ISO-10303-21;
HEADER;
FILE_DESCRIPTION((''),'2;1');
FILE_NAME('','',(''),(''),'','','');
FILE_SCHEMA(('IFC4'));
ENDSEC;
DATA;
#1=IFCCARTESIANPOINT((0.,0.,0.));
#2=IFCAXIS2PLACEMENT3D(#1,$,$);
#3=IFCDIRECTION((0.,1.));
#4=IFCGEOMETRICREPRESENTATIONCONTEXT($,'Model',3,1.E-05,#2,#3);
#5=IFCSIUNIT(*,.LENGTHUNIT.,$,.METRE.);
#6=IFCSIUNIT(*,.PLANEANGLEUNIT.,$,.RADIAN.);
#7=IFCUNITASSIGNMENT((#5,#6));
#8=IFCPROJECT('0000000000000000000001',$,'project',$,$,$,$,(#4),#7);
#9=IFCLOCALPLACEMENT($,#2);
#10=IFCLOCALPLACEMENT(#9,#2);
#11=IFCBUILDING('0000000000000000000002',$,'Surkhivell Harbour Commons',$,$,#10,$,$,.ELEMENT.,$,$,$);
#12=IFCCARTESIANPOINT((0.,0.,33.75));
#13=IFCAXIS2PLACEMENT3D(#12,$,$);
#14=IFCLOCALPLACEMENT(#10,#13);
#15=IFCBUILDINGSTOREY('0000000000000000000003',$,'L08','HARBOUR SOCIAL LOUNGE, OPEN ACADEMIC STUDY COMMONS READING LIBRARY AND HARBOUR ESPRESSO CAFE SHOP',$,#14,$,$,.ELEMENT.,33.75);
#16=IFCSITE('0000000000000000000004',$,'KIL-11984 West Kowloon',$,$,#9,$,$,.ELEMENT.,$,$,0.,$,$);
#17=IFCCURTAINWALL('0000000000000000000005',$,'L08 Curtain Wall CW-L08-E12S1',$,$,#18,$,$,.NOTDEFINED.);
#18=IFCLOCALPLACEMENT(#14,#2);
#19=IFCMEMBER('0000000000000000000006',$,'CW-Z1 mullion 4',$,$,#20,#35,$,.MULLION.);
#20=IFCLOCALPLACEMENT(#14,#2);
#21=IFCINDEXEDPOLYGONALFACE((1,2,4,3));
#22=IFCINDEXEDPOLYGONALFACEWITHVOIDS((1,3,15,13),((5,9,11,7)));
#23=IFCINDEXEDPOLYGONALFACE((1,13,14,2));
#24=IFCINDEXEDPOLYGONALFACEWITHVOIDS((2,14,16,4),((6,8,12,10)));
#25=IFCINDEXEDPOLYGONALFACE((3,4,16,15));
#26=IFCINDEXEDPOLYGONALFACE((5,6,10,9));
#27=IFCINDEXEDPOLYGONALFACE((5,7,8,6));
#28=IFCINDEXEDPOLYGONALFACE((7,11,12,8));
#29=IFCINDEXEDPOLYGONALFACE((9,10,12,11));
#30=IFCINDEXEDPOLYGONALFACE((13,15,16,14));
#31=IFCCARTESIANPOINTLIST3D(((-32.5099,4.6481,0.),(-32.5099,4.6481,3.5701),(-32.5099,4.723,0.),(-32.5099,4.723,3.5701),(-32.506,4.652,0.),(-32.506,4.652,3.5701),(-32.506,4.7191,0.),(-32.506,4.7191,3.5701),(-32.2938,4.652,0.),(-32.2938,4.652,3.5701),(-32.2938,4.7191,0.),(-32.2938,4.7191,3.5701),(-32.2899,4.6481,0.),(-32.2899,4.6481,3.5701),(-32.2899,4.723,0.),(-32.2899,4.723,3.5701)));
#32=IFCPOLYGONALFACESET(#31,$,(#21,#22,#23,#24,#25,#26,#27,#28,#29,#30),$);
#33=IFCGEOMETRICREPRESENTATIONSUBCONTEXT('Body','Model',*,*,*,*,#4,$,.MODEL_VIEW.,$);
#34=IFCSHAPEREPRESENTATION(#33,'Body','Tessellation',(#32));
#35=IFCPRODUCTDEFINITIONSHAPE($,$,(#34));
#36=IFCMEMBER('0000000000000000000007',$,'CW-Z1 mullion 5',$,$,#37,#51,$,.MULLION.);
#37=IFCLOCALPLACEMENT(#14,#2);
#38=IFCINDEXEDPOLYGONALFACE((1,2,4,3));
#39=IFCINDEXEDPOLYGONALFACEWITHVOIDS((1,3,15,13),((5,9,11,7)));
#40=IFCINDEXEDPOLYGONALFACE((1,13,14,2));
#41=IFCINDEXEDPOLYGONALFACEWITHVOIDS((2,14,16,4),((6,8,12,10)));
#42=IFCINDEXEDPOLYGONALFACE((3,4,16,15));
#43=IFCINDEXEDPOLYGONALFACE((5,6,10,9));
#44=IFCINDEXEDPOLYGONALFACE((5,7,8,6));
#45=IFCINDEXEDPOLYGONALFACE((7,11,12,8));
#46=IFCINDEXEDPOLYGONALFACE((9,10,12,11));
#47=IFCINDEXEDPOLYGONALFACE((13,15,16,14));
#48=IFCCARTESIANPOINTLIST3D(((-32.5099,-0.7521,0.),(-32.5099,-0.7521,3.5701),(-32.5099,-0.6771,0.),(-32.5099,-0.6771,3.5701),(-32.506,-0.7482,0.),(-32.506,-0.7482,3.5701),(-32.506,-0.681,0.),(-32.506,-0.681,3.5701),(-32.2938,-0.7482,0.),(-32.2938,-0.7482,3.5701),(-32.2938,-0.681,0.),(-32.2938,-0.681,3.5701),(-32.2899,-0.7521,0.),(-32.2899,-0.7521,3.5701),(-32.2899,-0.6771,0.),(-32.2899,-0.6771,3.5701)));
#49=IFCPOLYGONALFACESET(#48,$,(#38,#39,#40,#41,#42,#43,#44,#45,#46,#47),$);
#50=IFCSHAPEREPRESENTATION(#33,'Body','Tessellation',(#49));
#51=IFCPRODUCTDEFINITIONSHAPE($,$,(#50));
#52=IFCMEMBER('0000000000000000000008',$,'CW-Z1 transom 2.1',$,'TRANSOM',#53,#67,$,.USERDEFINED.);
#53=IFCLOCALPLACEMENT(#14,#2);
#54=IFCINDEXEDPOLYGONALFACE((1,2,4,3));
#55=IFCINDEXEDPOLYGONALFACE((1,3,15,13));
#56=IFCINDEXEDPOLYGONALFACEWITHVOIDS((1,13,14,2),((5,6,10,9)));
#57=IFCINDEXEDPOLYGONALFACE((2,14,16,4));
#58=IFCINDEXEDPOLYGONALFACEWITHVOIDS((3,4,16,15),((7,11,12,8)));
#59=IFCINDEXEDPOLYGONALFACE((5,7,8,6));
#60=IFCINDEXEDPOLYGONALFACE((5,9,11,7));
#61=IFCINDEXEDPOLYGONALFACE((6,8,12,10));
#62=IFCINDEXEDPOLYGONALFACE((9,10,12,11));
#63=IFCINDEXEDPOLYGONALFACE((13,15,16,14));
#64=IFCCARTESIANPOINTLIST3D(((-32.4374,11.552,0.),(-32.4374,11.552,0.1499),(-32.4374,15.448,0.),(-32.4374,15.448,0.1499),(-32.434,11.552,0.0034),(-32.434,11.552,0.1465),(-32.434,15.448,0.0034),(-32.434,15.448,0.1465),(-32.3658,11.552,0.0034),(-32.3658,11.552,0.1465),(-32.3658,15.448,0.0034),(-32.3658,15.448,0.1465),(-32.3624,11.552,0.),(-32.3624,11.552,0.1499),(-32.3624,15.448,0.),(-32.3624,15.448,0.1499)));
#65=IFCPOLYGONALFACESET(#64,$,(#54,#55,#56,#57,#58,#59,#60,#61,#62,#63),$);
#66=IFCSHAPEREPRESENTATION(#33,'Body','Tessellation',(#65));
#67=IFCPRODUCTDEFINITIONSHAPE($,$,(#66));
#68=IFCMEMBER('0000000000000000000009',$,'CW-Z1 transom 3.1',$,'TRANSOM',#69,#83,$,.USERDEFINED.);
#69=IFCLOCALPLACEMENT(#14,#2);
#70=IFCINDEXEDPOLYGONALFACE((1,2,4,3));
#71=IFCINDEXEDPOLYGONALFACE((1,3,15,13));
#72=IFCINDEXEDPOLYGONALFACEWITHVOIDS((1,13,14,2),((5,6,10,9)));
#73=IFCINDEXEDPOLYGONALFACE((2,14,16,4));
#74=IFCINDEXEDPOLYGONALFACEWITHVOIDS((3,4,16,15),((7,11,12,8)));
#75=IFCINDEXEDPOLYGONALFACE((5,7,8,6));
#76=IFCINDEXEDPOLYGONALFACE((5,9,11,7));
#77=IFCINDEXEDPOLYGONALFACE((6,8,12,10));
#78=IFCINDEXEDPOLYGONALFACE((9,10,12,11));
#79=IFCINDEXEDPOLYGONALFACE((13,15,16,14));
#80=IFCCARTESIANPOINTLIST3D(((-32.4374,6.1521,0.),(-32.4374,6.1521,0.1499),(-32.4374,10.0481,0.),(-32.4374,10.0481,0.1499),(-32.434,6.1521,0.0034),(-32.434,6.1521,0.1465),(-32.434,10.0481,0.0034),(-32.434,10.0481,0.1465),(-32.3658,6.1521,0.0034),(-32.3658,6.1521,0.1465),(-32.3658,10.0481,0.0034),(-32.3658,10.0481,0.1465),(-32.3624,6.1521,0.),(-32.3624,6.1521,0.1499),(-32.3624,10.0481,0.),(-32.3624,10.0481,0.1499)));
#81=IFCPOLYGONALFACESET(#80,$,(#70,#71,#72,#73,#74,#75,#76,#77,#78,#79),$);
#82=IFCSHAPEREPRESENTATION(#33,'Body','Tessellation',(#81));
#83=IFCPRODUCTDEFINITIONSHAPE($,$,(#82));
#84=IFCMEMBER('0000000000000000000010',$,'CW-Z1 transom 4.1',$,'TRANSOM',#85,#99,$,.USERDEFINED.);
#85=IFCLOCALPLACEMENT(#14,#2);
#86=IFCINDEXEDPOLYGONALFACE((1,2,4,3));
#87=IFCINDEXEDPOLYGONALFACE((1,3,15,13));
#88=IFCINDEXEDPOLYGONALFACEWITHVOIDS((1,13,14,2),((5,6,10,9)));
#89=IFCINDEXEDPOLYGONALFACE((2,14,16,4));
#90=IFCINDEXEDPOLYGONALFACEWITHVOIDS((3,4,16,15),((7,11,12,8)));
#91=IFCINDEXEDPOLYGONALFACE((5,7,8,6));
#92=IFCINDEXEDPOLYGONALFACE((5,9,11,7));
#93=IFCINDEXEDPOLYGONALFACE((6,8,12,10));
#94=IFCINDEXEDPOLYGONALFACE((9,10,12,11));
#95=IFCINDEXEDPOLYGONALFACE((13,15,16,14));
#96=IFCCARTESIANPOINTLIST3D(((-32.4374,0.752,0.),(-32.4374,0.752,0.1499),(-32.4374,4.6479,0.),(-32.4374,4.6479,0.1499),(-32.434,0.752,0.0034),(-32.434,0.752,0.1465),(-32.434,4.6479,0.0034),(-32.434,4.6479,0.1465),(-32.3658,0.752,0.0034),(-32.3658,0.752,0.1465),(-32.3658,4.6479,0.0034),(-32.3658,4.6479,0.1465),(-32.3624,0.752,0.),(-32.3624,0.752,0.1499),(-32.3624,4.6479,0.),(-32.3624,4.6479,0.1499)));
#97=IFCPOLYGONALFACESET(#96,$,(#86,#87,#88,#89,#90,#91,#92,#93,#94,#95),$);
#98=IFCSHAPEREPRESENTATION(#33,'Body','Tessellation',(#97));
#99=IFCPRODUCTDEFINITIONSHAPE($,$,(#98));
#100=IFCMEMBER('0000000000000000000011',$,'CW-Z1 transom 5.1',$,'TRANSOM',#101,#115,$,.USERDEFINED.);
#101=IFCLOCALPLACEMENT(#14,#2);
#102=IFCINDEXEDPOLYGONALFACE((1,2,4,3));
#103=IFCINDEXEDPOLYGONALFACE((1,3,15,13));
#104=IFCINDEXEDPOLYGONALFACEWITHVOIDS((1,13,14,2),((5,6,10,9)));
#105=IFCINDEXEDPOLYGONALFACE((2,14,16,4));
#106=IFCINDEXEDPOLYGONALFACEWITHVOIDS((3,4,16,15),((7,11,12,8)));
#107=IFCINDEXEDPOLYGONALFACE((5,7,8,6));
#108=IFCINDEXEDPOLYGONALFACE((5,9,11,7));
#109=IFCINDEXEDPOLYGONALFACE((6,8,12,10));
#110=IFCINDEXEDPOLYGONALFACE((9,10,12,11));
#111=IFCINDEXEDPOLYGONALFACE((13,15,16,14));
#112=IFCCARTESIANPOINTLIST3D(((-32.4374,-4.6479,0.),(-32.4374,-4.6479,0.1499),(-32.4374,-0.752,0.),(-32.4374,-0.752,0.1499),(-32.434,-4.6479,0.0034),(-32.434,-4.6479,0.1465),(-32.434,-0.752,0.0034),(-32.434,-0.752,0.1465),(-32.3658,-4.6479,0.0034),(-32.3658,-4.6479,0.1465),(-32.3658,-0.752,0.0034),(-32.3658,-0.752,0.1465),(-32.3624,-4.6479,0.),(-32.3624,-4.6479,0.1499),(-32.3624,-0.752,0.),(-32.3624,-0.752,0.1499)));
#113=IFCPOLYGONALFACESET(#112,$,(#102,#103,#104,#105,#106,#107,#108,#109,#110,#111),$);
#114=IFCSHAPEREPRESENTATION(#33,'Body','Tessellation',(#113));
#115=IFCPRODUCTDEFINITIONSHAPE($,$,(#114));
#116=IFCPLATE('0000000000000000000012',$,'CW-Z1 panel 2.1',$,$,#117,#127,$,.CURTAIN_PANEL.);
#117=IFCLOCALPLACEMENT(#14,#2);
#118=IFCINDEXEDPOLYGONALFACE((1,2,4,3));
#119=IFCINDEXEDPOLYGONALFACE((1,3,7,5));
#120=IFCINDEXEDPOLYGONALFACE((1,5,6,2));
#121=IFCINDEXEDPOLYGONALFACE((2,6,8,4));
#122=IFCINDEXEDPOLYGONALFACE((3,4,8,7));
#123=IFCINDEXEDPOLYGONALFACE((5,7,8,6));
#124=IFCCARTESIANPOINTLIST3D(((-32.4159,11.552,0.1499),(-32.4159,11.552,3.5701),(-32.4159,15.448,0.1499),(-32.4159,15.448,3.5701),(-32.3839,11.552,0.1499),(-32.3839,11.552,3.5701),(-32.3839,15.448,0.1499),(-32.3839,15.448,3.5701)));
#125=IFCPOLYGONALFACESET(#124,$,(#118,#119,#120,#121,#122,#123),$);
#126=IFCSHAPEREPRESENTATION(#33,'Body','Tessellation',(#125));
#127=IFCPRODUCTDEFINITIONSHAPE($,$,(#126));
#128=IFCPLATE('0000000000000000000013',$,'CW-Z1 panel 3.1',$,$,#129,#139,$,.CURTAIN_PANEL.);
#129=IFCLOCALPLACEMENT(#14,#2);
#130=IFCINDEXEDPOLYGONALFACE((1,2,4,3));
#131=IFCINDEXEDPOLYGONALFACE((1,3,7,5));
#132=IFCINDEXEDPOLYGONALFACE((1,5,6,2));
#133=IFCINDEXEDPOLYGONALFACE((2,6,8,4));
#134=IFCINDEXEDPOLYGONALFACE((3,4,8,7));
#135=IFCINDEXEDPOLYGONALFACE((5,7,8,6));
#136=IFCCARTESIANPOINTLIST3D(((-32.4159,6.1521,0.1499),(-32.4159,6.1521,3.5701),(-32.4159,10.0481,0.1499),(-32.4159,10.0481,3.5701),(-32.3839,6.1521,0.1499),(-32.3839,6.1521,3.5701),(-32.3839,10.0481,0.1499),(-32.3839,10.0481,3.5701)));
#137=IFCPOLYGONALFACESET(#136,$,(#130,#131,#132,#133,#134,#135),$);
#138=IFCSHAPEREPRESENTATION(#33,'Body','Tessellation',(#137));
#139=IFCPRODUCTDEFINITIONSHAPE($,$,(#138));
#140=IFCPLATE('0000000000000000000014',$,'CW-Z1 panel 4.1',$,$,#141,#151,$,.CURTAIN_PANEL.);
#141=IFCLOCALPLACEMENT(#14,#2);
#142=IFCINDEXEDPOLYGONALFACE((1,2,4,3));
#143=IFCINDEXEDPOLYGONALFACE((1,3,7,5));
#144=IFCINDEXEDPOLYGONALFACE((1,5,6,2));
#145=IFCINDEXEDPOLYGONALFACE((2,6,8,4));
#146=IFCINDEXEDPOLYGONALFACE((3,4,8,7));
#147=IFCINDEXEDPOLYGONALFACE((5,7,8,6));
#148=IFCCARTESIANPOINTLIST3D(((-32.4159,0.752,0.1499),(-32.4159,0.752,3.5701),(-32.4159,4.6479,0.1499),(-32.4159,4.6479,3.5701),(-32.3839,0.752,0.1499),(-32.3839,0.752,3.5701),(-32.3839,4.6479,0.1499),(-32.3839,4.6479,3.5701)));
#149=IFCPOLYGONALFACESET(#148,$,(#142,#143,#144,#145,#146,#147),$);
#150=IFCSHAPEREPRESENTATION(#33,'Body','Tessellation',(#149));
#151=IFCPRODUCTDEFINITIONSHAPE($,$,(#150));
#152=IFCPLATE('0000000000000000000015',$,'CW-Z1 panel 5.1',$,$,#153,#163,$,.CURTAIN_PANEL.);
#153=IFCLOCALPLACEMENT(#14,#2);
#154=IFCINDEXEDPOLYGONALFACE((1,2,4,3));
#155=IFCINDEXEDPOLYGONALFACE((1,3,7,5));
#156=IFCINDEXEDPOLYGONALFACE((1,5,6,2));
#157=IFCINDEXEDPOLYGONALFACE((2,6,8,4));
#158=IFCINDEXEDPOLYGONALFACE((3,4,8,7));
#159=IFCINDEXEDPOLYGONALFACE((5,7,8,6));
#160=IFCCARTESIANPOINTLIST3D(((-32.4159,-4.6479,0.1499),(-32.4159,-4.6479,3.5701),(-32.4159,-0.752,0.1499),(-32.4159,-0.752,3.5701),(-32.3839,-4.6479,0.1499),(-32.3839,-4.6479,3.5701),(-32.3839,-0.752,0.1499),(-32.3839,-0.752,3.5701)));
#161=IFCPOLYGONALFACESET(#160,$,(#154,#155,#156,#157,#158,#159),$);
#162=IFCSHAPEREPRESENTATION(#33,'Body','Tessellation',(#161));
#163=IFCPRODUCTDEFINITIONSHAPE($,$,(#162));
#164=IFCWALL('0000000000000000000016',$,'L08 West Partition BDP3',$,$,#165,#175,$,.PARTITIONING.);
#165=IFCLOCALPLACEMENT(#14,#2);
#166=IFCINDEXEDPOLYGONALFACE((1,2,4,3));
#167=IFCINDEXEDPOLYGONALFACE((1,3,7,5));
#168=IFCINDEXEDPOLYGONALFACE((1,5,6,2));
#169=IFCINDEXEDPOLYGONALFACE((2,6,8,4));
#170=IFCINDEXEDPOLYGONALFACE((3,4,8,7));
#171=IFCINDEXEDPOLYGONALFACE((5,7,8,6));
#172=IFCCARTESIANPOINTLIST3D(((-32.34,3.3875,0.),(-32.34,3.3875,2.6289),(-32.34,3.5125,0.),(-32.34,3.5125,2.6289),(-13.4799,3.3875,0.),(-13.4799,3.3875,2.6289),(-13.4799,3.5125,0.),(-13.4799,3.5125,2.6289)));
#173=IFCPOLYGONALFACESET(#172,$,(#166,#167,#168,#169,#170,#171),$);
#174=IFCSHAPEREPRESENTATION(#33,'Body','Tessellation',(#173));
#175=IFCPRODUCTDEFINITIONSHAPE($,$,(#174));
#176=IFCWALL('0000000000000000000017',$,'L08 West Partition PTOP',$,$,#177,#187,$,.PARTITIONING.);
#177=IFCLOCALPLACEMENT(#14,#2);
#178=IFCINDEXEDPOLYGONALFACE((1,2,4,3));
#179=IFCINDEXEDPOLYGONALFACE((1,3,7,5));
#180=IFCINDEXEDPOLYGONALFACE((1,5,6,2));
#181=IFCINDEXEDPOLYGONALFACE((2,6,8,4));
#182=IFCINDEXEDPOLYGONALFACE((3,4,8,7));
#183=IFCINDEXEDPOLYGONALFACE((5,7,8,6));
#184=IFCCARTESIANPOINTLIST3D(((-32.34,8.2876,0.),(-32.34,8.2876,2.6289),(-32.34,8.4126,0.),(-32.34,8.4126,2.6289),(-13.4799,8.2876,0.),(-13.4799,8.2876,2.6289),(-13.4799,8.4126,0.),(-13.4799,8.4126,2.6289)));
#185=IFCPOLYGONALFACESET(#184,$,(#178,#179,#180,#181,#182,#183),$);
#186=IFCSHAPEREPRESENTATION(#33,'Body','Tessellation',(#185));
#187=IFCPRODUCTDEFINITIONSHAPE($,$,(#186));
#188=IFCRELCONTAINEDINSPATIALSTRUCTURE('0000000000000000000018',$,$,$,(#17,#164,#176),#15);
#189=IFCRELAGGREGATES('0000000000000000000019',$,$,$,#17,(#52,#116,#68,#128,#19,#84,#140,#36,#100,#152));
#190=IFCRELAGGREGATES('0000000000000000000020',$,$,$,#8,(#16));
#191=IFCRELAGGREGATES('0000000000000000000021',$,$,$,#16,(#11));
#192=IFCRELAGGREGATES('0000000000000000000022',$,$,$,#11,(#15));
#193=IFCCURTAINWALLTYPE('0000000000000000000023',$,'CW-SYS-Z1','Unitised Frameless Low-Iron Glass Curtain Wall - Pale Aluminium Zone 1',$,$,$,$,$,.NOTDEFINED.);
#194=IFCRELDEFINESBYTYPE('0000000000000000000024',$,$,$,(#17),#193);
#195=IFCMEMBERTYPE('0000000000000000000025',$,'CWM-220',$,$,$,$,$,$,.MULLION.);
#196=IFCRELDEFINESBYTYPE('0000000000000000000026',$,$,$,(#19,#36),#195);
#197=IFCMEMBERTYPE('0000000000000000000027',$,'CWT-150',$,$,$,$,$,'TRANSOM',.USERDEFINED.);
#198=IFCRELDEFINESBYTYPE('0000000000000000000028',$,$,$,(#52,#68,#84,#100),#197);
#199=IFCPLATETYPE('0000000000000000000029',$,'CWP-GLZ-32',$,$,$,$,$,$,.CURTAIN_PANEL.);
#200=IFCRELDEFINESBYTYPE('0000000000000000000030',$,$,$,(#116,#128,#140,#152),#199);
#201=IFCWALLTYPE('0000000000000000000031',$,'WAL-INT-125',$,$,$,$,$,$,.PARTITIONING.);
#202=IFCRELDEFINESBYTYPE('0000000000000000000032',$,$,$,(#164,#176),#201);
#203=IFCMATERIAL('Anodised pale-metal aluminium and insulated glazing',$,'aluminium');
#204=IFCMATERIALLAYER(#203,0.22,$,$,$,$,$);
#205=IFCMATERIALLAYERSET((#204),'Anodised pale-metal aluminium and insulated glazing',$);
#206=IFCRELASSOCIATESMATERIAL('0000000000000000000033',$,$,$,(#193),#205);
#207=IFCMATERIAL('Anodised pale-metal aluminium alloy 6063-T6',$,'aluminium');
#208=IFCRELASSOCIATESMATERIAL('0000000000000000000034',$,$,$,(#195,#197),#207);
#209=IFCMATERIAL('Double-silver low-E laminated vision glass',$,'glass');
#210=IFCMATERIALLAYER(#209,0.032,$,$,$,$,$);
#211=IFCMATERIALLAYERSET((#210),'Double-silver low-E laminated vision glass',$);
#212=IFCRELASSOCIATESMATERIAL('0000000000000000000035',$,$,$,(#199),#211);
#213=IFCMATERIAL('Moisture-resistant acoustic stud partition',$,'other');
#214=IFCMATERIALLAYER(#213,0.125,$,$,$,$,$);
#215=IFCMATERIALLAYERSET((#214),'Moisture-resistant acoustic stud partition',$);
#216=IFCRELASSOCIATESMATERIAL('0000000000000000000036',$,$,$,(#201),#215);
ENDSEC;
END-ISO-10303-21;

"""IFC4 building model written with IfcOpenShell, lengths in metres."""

from ifc_helpers import new_model, si_unit, direction, frame, frame_2d, origin, origin_2d, place, context, subcontext, project, spatial, rectangle, hollow_rectangle, extrude, material, layer, layer_set, material_profile, profile_set, type_object, element, aggregate, save


model = new_model("IFC4")

# Units and contexts
model_context = context("Model", 3, precision=1e-05, world=origin(), true_north=direction((0.0, 1.0)))
body_context = subcontext(model_context, "Body", "Model", "MODEL_VIEW")
ifc_project = project(units=[si_unit("LENGTHUNIT", "METRE"), si_unit("PLANEANGLEUNIT", "RADIAN")], contexts=[model_context])

# Site, building, storey
site_placement = place(None, origin())
site = spatial("IfcSite", under=ifc_project, at=site_placement, Name="KIL-11984 West Kowloon", CompositionType="ELEMENT", RefElevation=0.0)
building_placement = place(site_placement, origin())
building = spatial("IfcBuilding", under=site, at=building_placement, Name="Surkhivell Harbour Commons", CompositionType="ELEMENT")
storey_placement = place(building_placement, frame((0.0, 0.0, 33.75)))
storey = spatial("IfcBuildingStorey", under=building, at=storey_placement, Name="L08", Description="HARBOUR SOCIAL LOUNGE, OPEN ACADEMIC STUDY COMMONS READING LIBRARY AND HARBOUR ESPRESSO CAFE SHOP", CompositionType="ELEMENT", Elevation=33.75)

# Curtain wall, members, plates
ifc_material_1 = material(Name="Anodised pale-metal aluminium and insulated glazing", Category="aluminium")
ifc_layer_1 = layer(ifc_material_1, 0.22)
ifc_layer_set_1 = layer_set([ifc_layer_1], Name="Anodised pale-metal aluminium and insulated glazing")
curtain_wall_type = type_object("IfcCurtainWallType", Name="CW-SYS-Z1", Description="Unitised Frameless Low-Iron Glass Curtain Wall - Pale Aluminium Zone 1", PredefinedType="NOTDEFINED", material=ifc_layer_set_1)
curtain_wall_placement = place(storey_placement, origin())
curtain_wall = element("IfcCurtainWall", 1, at=curtain_wall_placement, inside=storey, type_object=curtain_wall_type, Name="L08 Curtain Wall CW-L08-E12S1", PredefinedType="NOTDEFINED")
ifc_material_2 = material(Name="Anodised pale-metal aluminium alloy 6063-T6", Category="aluminium")
ifc_material_profile_1 = material_profile(ifc_material_2, hollow_rectangle(XDim=0.075, YDim=0.22, WallThickness=0.0039, at=origin_2d()), Name="ALU-MULL-75x220")
ifc_profile_set_1 = profile_set([ifc_material_profile_1], Name="Anodised pale-metal aluminium alloy 6063-T6")
member_type_1 = type_object("IfcMemberType", Name="CWM-220", PredefinedType="MULLION", material=ifc_profile_set_1)
member_1_placement = place(storey_placement, frame((-32.3999, 4.6855, 0.0), z_axis=(0.0, 0.0, 1.0), x_axis=(0.0, -1.0, 0.0)))
member_1 = element("IfcMember", 2, at=member_1_placement, type_object=member_type_1, Name="CW-Z1 mullion 4", PredefinedType="MULLION", context=body_context, shape_type="SweptSolid", body=[
    extrude(hollow_rectangle(XDim=0.075, YDim=0.22, WallThickness=0.0039, at=origin_2d()), origin(), (0.0, 0.0, 1.0), 3.5701),
])
member_2_placement = place(storey_placement, frame((-32.3999, -0.7146, 0.0), z_axis=(0.0, 0.0, 1.0), x_axis=(0.0, -1.0, 0.0)))
member_2 = element("IfcMember", 3, at=member_2_placement, type_object=member_type_1, Name="CW-Z1 mullion 5", PredefinedType="MULLION", context=body_context, shape_type="SweptSolid", body=[
    extrude(hollow_rectangle(XDim=0.075, YDim=0.22, WallThickness=0.0039, at=origin_2d()), origin(), (0.0, 0.0, 1.0), 3.5701),
])
ifc_material_profile_2 = material_profile(ifc_material_2, hollow_rectangle(XDim=0.075, YDim=0.1499, WallThickness=0.0034, at=origin_2d()), Name="ALU-TRAN-75x150")
ifc_profile_set_2 = profile_set([ifc_material_profile_2], Name="Anodised pale-metal aluminium alloy 6063-T6")
member_type_2 = type_object("IfcMemberType", Name="CWT-150", ElementType="TRANSOM", PredefinedType="USERDEFINED", material=ifc_profile_set_2)
member_3_placement = place(storey_placement, frame((-32.3999, 15.448, 0.075), z_axis=(0.0, -1.0, 0.0), x_axis=(1.0, 0.0, 0.0)))
member_3 = element("IfcMember", 4, at=member_3_placement, type_object=member_type_2, Name="CW-Z1 transom 2.1", ObjectType="TRANSOM", PredefinedType="USERDEFINED", context=body_context, shape_type="SweptSolid", body=[
    extrude(hollow_rectangle(XDim=0.075, YDim=0.1499, WallThickness=0.0034, at=origin_2d()), origin(), (0.0, 0.0, 1.0), 3.896),
])
member_4_placement = place(storey_placement, frame((-32.3999, 10.0481, 0.075), z_axis=(0.0, -1.0, 0.0), x_axis=(1.0, 0.0, 0.0)))
member_4 = element("IfcMember", 5, at=member_4_placement, type_object=member_type_2, Name="CW-Z1 transom 3.1", ObjectType="TRANSOM", PredefinedType="USERDEFINED", context=body_context, shape_type="SweptSolid", body=[
    extrude(hollow_rectangle(XDim=0.075, YDim=0.1499, WallThickness=0.0034, at=origin_2d()), origin(), (0.0, 0.0, 1.0), 3.896),
])
member_5_placement = place(storey_placement, frame((-32.3999, 4.6479, 0.075), z_axis=(0.0, -1.0, 0.0), x_axis=(1.0, 0.0, 0.0)))
member_5 = element("IfcMember", 6, at=member_5_placement, type_object=member_type_2, Name="CW-Z1 transom 4.1", ObjectType="TRANSOM", PredefinedType="USERDEFINED", context=body_context, shape_type="SweptSolid", body=[
    extrude(hollow_rectangle(XDim=0.075, YDim=0.1499, WallThickness=0.0034, at=origin_2d()), origin(), (0.0, 0.0, 1.0), 3.896),
])
member_6_placement = place(storey_placement, frame((-32.3999, -0.752, 0.075), z_axis=(0.0, -1.0, 0.0), x_axis=(1.0, 0.0, 0.0)))
member_6 = element("IfcMember", 7, at=member_6_placement, type_object=member_type_2, Name="CW-Z1 transom 5.1", ObjectType="TRANSOM", PredefinedType="USERDEFINED", context=body_context, shape_type="SweptSolid", body=[
    extrude(hollow_rectangle(XDim=0.075, YDim=0.1499, WallThickness=0.0034, at=origin_2d()), origin(), (0.0, 0.0, 1.0), 3.896),
])
ifc_material_3 = material(Name="Double-silver low-E laminated vision glass", Category="glass")
ifc_layer_2 = layer(ifc_material_3, 0.032)
ifc_layer_set_2 = layer_set([ifc_layer_2], Name="Double-silver low-E laminated vision glass")
plate_type = type_object("IfcPlateType", Name="CWP-GLZ-32", PredefinedType="CURTAIN_PANEL", material=ifc_layer_set_2)
plate_1_placement = place(storey_placement, frame((-32.3999, 15.448, 0.1499), z_axis=(0.0, 0.0, 1.0), x_axis=(0.0, -1.0, 0.0)))
plate_1 = element("IfcPlate", 8, at=plate_1_placement, type_object=plate_type, Name="CW-Z1 panel 2.1", PredefinedType="CURTAIN_PANEL", context=body_context, shape_type="SweptSolid", body=[
    extrude(rectangle(XDim=3.896, YDim=0.032, at=frame_2d((1.948, 0.0))), origin(), (0.0, 0.0, 1.0), 3.4202),
])
plate_2_placement = place(storey_placement, frame((-32.3999, 10.0481, 0.1499), z_axis=(0.0, 0.0, 1.0), x_axis=(0.0, -1.0, 0.0)))
plate_2 = element("IfcPlate", 9, at=plate_2_placement, type_object=plate_type, Name="CW-Z1 panel 3.1", PredefinedType="CURTAIN_PANEL", context=body_context, shape_type="SweptSolid", body=[
    extrude(rectangle(XDim=3.896, YDim=0.032, at=frame_2d((1.948, 0.0))), origin(), (0.0, 0.0, 1.0), 3.4202),
])
plate_3_placement = place(storey_placement, frame((-32.3999, 4.6479, 0.1499), z_axis=(0.0, 0.0, 1.0), x_axis=(0.0, -1.0, 0.0)))
plate_3 = element("IfcPlate", 10, at=plate_3_placement, type_object=plate_type, Name="CW-Z1 panel 4.1", PredefinedType="CURTAIN_PANEL", context=body_context, shape_type="SweptSolid", body=[
    extrude(rectangle(XDim=3.896, YDim=0.032, at=frame_2d((1.948, 0.0))), origin(), (0.0, 0.0, 1.0), 3.4202),
])
plate_4_placement = place(storey_placement, frame((-32.3999, -0.752, 0.1499), z_axis=(0.0, 0.0, 1.0), x_axis=(0.0, -1.0, 0.0)))
plate_4 = element("IfcPlate", 11, at=plate_4_placement, type_object=plate_type, Name="CW-Z1 panel 5.1", PredefinedType="CURTAIN_PANEL", context=body_context, shape_type="SweptSolid", body=[
    extrude(rectangle(XDim=3.896, YDim=0.032, at=frame_2d((1.948, 0.0))), origin(), (0.0, 0.0, 1.0), 3.4202),
])
aggregate(curtain_wall, [member_3, plate_1, member_4, plate_2, member_1, member_5, plate_3, member_2, member_6, plate_4])

# Walls
ifc_material_4 = material(Name="Moisture-resistant acoustic stud partition", Category="other")
ifc_layer_3 = layer(ifc_material_4, 0.125)
ifc_layer_set_3 = layer_set([ifc_layer_3], Name="Moisture-resistant acoustic stud partition")
wall_type = type_object("IfcWallType", Name="WAL-INT-125", PredefinedType="PARTITIONING", material=ifc_layer_set_3)
for number, where, z_axis, x_axis, name in (
    (12, (-32.3401, 3.45, 0.0), (0.0, 0.0, 1.0), (1.0, 0.0, 0.0), "L08 West Partition BDP3"),
    (13, (-32.3401, 8.3501, 0.0), (0.0, 0.0, 1.0), (1.0, 0.0, 0.0), "L08 West Partition PTOP"),
):
    element("IfcWall", number, at=place(storey_placement, frame(where, z_axis=z_axis, x_axis=x_axis)), inside=storey, type_object=wall_type, Name=name, PredefinedType="PARTITIONING", context=body_context, shape_type="SweptSolid", body=[
        extrude(rectangle(XDim=18.8601, YDim=0.125, at=frame_2d((9.4302, 0.0))), origin(), (0.0, 0.0, 1.0), 2.6289),
    ])

save(model, "model.ifc")
